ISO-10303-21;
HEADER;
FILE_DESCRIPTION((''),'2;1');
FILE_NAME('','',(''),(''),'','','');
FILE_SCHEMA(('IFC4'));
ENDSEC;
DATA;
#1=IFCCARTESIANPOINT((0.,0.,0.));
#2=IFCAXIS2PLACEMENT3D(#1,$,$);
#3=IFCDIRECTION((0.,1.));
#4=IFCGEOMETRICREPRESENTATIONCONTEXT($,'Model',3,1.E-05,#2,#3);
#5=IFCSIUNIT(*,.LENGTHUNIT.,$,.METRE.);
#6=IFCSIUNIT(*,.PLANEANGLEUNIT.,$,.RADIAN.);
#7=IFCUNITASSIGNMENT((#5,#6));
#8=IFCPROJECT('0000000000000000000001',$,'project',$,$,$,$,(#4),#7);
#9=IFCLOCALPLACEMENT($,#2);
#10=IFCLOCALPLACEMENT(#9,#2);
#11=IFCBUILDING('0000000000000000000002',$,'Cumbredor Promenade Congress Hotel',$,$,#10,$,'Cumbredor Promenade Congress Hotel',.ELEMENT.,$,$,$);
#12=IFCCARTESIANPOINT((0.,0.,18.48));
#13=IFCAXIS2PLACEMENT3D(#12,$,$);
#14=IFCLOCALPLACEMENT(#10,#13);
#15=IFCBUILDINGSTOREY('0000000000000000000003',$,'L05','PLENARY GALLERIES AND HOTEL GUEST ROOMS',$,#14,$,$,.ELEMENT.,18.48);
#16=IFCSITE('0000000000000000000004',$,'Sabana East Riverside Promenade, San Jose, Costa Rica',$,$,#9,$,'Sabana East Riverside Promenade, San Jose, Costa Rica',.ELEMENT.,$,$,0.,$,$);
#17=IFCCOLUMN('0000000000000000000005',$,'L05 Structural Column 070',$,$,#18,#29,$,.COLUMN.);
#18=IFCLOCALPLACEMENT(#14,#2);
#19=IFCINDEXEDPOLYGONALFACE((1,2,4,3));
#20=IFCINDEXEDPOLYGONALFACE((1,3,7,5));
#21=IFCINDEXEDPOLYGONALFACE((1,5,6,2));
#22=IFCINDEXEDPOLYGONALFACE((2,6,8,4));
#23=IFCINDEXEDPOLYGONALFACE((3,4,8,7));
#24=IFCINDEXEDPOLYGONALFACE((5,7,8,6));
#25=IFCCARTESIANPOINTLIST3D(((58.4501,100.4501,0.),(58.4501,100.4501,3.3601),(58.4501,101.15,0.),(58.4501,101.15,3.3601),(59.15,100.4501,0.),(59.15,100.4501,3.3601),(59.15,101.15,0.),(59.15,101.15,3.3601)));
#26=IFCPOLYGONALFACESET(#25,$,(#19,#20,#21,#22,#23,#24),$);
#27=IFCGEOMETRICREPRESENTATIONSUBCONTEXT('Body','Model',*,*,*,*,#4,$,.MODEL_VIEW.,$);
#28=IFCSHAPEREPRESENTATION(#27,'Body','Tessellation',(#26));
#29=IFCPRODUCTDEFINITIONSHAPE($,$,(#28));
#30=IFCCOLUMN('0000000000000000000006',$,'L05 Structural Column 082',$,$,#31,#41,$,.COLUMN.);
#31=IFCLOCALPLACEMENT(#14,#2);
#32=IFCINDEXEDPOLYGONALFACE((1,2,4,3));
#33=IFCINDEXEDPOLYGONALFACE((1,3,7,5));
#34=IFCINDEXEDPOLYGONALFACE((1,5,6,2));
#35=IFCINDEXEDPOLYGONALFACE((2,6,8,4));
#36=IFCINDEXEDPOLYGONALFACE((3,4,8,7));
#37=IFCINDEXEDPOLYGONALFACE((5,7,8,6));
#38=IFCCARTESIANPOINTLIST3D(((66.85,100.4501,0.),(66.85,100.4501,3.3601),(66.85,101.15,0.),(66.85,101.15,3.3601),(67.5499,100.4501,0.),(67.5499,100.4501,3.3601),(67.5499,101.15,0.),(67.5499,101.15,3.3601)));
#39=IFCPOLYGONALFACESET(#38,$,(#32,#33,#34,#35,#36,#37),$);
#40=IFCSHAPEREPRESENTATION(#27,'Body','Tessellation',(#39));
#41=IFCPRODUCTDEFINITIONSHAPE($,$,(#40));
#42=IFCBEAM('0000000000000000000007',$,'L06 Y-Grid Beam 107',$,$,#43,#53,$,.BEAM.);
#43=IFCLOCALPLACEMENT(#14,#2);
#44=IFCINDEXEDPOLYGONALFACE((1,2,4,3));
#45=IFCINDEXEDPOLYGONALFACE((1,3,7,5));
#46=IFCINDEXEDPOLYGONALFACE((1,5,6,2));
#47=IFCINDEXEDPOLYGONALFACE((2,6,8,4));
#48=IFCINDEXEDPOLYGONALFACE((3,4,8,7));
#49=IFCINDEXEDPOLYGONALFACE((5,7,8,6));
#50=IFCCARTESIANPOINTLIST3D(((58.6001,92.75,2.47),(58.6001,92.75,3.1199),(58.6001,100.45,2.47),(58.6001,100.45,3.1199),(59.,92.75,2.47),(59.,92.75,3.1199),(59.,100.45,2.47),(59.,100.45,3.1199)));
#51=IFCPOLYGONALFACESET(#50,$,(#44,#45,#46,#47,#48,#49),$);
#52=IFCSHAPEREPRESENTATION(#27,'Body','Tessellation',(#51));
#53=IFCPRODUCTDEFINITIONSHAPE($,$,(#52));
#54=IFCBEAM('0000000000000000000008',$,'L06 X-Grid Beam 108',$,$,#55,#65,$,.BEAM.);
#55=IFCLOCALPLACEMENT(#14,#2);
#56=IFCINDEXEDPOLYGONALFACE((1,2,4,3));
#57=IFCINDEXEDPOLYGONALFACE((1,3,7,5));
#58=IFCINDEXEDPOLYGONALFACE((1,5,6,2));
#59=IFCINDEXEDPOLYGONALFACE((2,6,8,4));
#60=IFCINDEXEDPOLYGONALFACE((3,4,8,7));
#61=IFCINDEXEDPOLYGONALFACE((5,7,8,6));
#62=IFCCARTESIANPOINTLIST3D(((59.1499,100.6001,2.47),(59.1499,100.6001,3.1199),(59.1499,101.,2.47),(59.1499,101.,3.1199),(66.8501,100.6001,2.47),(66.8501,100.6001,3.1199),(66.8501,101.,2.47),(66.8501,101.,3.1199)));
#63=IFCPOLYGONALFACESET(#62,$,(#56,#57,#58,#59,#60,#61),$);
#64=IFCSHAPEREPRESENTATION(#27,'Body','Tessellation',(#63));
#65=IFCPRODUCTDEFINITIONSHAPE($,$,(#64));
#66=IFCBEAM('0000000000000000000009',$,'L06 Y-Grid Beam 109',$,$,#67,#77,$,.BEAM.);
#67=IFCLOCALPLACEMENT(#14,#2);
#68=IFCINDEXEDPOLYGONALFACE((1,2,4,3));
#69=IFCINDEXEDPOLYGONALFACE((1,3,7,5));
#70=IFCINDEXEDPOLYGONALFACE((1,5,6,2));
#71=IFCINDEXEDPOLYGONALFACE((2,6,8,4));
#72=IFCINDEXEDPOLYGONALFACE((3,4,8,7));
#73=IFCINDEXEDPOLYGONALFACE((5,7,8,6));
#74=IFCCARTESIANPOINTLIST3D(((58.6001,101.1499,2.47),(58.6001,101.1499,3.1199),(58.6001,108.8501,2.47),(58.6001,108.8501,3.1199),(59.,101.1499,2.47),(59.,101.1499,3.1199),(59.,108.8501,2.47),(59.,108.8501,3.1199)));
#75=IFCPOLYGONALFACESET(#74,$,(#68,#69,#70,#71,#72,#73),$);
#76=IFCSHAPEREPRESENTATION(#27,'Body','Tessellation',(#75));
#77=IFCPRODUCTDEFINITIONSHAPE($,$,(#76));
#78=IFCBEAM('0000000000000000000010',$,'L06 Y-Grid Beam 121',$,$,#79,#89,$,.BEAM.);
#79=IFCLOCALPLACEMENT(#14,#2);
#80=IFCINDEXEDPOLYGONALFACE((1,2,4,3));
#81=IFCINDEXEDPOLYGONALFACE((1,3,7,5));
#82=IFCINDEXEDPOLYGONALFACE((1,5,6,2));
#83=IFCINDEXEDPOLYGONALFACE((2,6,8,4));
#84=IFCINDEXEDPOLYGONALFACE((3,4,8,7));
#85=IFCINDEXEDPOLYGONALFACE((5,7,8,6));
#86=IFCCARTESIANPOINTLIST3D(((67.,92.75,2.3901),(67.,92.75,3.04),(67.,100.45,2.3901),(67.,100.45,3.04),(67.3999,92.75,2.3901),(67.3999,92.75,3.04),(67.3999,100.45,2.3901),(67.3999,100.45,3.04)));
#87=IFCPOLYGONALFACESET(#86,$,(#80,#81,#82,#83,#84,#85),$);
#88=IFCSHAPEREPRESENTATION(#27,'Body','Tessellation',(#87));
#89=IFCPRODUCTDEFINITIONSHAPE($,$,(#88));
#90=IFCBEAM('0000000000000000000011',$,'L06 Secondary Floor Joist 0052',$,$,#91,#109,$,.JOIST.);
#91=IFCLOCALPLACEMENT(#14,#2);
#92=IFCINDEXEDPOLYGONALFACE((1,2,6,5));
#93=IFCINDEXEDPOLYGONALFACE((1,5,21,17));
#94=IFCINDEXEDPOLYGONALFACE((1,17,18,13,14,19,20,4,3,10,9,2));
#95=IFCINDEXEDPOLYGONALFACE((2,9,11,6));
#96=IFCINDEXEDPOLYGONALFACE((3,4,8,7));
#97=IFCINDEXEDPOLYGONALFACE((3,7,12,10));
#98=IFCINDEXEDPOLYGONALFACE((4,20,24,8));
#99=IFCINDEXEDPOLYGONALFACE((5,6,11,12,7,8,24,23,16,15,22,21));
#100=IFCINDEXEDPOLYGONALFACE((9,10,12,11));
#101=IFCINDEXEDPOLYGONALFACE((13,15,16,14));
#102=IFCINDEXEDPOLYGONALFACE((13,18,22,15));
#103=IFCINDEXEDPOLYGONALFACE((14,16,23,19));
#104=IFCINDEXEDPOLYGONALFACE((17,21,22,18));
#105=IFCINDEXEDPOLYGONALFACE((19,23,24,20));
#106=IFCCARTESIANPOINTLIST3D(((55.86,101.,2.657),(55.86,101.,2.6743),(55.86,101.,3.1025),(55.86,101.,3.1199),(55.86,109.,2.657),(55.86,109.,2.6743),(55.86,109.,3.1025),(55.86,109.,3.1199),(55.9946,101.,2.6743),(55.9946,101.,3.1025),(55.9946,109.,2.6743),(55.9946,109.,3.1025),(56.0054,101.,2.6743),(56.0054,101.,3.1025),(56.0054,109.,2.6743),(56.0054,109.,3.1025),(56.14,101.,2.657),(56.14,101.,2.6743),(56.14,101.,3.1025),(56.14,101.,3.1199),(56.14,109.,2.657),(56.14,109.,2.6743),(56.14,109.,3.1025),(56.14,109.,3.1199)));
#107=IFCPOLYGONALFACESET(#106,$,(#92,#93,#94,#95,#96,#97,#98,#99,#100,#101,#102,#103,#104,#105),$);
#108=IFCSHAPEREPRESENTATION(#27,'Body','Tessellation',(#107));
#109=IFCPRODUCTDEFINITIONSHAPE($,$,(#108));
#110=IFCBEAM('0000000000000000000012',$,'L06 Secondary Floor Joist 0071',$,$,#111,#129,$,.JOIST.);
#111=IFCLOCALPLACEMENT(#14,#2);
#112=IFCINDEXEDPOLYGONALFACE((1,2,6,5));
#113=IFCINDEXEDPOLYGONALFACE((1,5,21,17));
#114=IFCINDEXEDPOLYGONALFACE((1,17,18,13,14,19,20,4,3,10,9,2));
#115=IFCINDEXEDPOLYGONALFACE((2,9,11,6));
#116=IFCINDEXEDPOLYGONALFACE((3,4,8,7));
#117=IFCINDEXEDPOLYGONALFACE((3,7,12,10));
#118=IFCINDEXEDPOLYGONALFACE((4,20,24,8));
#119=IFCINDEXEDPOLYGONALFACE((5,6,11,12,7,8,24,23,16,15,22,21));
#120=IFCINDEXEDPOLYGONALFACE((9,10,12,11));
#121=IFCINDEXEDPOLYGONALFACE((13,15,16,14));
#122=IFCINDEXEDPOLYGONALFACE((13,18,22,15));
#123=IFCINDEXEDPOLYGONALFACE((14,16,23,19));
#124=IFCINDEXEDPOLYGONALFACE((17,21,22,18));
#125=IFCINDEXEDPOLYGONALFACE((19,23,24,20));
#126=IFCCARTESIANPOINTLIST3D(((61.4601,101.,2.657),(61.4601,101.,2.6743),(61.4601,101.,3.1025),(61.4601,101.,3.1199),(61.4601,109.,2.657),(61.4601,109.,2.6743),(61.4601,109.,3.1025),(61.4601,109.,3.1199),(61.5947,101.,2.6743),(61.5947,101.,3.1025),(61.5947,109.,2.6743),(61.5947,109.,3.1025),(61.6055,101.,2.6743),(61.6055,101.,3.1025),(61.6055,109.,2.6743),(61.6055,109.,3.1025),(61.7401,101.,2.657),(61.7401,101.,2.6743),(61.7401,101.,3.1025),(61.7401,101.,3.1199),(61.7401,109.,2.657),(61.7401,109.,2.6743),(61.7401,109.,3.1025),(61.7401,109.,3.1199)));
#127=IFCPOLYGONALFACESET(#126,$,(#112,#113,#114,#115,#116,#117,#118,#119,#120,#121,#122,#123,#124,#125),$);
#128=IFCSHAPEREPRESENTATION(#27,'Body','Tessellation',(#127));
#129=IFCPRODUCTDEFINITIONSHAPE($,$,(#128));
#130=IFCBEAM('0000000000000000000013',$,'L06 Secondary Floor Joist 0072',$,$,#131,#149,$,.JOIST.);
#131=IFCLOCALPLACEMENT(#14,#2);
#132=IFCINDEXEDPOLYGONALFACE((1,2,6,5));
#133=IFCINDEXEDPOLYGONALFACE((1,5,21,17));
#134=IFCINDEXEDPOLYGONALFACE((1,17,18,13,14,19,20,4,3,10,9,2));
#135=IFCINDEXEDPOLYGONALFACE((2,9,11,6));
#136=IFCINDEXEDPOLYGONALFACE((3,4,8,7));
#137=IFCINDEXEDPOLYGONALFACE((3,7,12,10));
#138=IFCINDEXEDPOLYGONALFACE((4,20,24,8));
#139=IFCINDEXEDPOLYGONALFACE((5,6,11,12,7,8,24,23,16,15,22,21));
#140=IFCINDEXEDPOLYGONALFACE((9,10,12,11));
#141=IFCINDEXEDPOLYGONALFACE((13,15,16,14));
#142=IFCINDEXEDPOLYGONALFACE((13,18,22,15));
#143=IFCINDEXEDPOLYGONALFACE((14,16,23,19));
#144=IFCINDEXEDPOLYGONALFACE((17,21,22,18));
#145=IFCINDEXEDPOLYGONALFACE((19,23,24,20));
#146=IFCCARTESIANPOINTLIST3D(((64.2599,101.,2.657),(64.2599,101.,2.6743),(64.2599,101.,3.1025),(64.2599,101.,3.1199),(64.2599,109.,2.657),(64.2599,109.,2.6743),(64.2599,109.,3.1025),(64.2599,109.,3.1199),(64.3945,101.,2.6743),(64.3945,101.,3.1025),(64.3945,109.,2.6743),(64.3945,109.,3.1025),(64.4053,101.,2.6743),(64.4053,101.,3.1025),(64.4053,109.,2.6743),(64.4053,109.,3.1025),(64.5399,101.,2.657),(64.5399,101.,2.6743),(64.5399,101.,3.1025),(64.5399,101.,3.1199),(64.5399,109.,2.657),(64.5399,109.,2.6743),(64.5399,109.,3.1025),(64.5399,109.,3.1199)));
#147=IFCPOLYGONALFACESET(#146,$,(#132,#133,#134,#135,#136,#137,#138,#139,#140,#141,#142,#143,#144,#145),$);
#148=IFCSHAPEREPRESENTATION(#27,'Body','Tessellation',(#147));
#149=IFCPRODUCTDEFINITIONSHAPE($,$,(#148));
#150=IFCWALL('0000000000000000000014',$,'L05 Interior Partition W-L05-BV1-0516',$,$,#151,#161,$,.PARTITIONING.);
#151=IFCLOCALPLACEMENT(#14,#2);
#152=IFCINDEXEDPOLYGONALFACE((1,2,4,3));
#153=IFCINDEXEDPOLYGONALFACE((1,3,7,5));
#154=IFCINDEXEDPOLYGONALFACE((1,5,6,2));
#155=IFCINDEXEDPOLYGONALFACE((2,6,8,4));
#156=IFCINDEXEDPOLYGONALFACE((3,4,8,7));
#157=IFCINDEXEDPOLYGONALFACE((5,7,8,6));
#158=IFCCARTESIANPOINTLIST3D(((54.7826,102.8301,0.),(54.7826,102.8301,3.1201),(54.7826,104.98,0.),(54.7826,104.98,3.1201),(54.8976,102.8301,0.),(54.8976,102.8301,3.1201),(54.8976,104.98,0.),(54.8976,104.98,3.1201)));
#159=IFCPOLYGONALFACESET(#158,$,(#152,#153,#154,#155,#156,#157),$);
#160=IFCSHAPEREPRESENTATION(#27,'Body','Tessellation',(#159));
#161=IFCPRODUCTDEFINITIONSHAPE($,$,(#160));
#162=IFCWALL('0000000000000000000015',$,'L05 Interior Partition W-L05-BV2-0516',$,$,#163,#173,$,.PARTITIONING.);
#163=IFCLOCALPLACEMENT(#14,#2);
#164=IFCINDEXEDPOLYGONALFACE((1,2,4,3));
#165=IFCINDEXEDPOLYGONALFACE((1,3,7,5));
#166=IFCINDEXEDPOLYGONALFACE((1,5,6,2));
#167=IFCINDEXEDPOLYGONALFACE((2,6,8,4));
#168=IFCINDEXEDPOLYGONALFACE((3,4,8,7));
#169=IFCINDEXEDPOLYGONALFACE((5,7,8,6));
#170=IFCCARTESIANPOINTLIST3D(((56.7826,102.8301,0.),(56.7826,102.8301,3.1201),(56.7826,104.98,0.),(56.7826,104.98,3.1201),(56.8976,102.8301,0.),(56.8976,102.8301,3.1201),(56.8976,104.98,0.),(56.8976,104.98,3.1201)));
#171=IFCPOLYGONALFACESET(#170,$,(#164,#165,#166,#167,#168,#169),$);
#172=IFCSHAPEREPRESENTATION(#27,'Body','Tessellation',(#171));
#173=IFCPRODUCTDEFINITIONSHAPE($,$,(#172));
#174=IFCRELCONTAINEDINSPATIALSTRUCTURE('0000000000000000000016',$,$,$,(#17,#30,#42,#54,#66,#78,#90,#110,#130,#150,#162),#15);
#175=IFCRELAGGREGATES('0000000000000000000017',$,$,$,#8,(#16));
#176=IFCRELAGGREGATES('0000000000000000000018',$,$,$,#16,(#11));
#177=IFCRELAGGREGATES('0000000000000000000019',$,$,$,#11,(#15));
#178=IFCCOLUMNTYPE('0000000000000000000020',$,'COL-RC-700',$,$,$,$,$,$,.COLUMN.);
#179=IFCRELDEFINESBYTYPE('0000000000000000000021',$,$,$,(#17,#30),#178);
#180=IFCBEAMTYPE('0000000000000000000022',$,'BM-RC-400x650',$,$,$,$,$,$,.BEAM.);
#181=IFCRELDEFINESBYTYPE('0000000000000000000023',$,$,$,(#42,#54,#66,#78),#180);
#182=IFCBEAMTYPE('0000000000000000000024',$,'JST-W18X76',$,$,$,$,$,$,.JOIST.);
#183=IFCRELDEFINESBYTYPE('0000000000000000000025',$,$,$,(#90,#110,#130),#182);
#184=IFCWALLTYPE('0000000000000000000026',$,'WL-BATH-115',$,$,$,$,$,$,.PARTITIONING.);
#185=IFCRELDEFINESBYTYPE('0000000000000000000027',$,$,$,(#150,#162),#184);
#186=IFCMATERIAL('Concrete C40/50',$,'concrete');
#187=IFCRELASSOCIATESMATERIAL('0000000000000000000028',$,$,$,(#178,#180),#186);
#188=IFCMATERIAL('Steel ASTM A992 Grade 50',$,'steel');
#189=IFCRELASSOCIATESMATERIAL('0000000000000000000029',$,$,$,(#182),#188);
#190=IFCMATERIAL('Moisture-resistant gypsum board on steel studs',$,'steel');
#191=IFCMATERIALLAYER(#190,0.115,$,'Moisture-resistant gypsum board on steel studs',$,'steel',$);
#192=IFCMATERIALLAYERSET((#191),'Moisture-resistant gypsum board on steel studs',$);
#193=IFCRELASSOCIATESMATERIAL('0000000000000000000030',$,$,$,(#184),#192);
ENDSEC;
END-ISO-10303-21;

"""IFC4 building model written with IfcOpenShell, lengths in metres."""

from ifc_helpers import new_model, si_unit, direction, frame, frame_2d, origin, origin_2d, place, context, subcontext, project, spatial, rectangle, i_section, extrude, material, layer, layer_set, material_profile, profile_set, type_object, element, save


model = new_model("IFC4")

# Units and contexts
model_context = context("Model", 3, precision=1e-05, world=origin(), true_north=direction((0.0, 1.0)))
body_context = subcontext(model_context, "Body", "Model", "MODEL_VIEW")
ifc_project = project(units=[si_unit("LENGTHUNIT", "METRE"), si_unit("PLANEANGLEUNIT", "RADIAN")], contexts=[model_context])

# Site, building, storey
site_placement = place(None, origin())
site = spatial("IfcSite", under=ifc_project, at=site_placement, Name="Sabana East Riverside Promenade, San Jose, Costa Rica", LongName="Sabana East Riverside Promenade, San Jose, Costa Rica", CompositionType="ELEMENT", RefElevation=0.0)
building_placement = place(site_placement, origin())
building = spatial("IfcBuilding", under=site, at=building_placement, Name="Cumbredor Promenade Congress Hotel", LongName="Cumbredor Promenade Congress Hotel", CompositionType="ELEMENT")
storey_placement = place(building_placement, frame((0.0, 0.0, 18.48)))
storey = spatial("IfcBuildingStorey", under=building, at=storey_placement, Name="L05", Description="PLENARY GALLERIES AND HOTEL GUEST ROOMS", CompositionType="ELEMENT", Elevation=18.48)

# Columns
ifc_material_1 = material(Name="Concrete C40/50", Category="concrete")
ifc_material_profile_1 = material_profile(ifc_material_1, rectangle(XDim=0.7, YDim=0.7, at=origin_2d()), Name="RC 700x700")
ifc_profile_set_1 = profile_set([ifc_material_profile_1], Name="Concrete C40/50")
column_type = type_object("IfcColumnType", Name="COL-RC-700", PredefinedType="COLUMN", material=ifc_profile_set_1)
for number, where, z_axis, x_axis, name in (
    (1, (58.8, 100.8, 0.0), (0.0, 0.0, 1.0), (1.0, 0.0, 0.0), "L05 Structural Column 070"),
    (2, (67.2, 100.8, 0.0), (0.0, 0.0, 1.0), (1.0, 0.0, 0.0), "L05 Structural Column 082"),
):
    element("IfcColumn", number, at=place(storey_placement, frame(where, z_axis=z_axis, x_axis=x_axis)), inside=storey, type_object=column_type, Name=name, PredefinedType="COLUMN", context=body_context, shape_type="SweptSolid", body=[
        extrude(rectangle(XDim=0.7, YDim=0.7, at=origin_2d()), origin(), (0.0, 0.0, 1.0), 3.3601),
    ])

# Beams
ifc_material_profile_2 = material_profile(ifc_material_1, rectangle(XDim=0.3999, YDim=0.6499, at=origin_2d()), Name="RC BEAM 400x650")
ifc_profile_set_2 = profile_set([ifc_material_profile_2], Name="Concrete C40/50")
beam_type_1 = type_object("IfcBeamType", Name="BM-RC-400x650", PredefinedType="BEAM", material=ifc_profile_set_2)
beam_1_placement = place(storey_placement, frame((58.8, 92.75, 2.7949), z_axis=(0.0, 1.0, 0.0), x_axis=(-1.0, 0.0, 0.0)))
element("IfcBeam", 3, at=beam_1_placement, inside=storey, type_object=beam_type_1, Name="L06 Y-Grid Beam 107", PredefinedType="BEAM", context=body_context, shape_type="SweptSolid", body=[
    extrude(rectangle(XDim=0.3999, YDim=0.6499, at=origin_2d()), origin(), (0.0, 0.0, 1.0), 7.7),
])
for number, where, z_axis, x_axis, name in (
    (4, (59.1499, 100.8, 2.7949), (1.0, 0.0, 0.0), (0.0, 1.0, 0.0), "L06 X-Grid Beam 108"),
    (5, (58.8, 101.1499, 2.7949), (0.0, 1.0, 0.0), (-1.0, 0.0, 0.0), "L06 Y-Grid Beam 109"),
):
    element("IfcBeam", number, at=place(storey_placement, frame(where, z_axis=z_axis, x_axis=x_axis)), inside=storey, type_object=beam_type_1, Name=name, PredefinedType="BEAM", context=body_context, shape_type="SweptSolid", body=[
        extrude(rectangle(XDim=0.3999, YDim=0.6499, at=origin_2d()), origin(), (0.0, 0.0, 1.0), 7.7002),
    ])
beam_2_placement = place(storey_placement, frame((67.2, 92.75, 2.7151), z_axis=(0.0, 1.0, 0.0), x_axis=(-1.0, 0.0, 0.0)))
element("IfcBeam", 6, at=beam_2_placement, inside=storey, type_object=beam_type_1, Name="L06 Y-Grid Beam 121", PredefinedType="BEAM", context=body_context, shape_type="SweptSolid", body=[
    extrude(rectangle(XDim=0.3999, YDim=0.6499, at=origin_2d()), origin(), (0.0, 0.0, 1.0), 7.7),
])
ifc_material_2 = material(Name="Steel ASTM A992 Grade 50", Category="steel")
ifc_material_profile_3 = material_profile(ifc_material_2, i_section(OverallWidth=0.28, OverallDepth=0.4629, WebThickness=0.0107, FlangeThickness=0.0173, at=origin_2d()), Name="W18X76")
ifc_profile_set_3 = profile_set([ifc_material_profile_3], Name="Steel ASTM A992 Grade 50")
beam_type_2 = type_object("IfcBeamType", Name="JST-W18X76", PredefinedType="JOIST", material=ifc_profile_set_3)
for number, where, z_axis, x_axis, name in (
    (7, (56.0, 101.0, 2.8884), (0.0, 1.0, 0.0), (-1.0, 0.0, 0.0), "L06 Secondary Floor Joist 0052"),
    (8, (61.6001, 101.0, 2.8884), (0.0, 1.0, 0.0), (-1.0, 0.0, 0.0), "L06 Secondary Floor Joist 0071"),
    (9, (64.3999, 101.0, 2.8884), (0.0, 1.0, 0.0), (-1.0, 0.0, 0.0), "L06 Secondary Floor Joist 0072"),
):
    element("IfcBeam", number, at=place(storey_placement, frame(where, z_axis=z_axis, x_axis=x_axis)), inside=storey, type_object=beam_type_2, Name=name, PredefinedType="JOIST", context=body_context, shape_type="SweptSolid", body=[
        extrude(i_section(OverallWidth=0.28, OverallDepth=0.4629, WebThickness=0.0107, FlangeThickness=0.0173, at=origin_2d()), origin(), (0.0, 0.0, 1.0), 8.0),
    ])

# Walls
ifc_material_3 = material(Name="Moisture-resistant gypsum board on steel studs", Category="steel")
ifc_layer_1 = layer(ifc_material_3, 0.115, Name="Moisture-resistant gypsum board on steel studs", Category="steel")
ifc_layer_set_1 = layer_set([ifc_layer_1], Name="Moisture-resistant gypsum board on steel studs")
wall_type_1 = type_object("IfcWallType", Name="WL-BATH-115", PredefinedType="PARTITIONING", material=ifc_layer_set_1)
for number, where, z_axis, x_axis, name in (
    (10, (54.8401, 102.8301, 0.0), (0.0, 0.0, 1.0), (0.0, 1.0, 0.0), "L05 Interior Partition W-L05-BV1-0516"),
    (11, (56.8401, 102.8301, 0.0), (0.0, 0.0, 1.0), (0.0, 1.0, 0.0), "L05 Interior Partition W-L05-BV2-0516"),
):
    element("IfcWall", number, at=place(storey_placement, frame(where, z_axis=z_axis, x_axis=x_axis)), inside=storey, type_object=wall_type_1, Name=name, PredefinedType="PARTITIONING", context=body_context, shape_type="SweptSolid", body=[
        extrude(rectangle(XDim=2.1499, YDim=0.115, at=frame_2d((1.075, 0.0))), origin(), (0.0, 0.0, 1.0), 3.1201),
    ])

save(model, "model.ifc")
